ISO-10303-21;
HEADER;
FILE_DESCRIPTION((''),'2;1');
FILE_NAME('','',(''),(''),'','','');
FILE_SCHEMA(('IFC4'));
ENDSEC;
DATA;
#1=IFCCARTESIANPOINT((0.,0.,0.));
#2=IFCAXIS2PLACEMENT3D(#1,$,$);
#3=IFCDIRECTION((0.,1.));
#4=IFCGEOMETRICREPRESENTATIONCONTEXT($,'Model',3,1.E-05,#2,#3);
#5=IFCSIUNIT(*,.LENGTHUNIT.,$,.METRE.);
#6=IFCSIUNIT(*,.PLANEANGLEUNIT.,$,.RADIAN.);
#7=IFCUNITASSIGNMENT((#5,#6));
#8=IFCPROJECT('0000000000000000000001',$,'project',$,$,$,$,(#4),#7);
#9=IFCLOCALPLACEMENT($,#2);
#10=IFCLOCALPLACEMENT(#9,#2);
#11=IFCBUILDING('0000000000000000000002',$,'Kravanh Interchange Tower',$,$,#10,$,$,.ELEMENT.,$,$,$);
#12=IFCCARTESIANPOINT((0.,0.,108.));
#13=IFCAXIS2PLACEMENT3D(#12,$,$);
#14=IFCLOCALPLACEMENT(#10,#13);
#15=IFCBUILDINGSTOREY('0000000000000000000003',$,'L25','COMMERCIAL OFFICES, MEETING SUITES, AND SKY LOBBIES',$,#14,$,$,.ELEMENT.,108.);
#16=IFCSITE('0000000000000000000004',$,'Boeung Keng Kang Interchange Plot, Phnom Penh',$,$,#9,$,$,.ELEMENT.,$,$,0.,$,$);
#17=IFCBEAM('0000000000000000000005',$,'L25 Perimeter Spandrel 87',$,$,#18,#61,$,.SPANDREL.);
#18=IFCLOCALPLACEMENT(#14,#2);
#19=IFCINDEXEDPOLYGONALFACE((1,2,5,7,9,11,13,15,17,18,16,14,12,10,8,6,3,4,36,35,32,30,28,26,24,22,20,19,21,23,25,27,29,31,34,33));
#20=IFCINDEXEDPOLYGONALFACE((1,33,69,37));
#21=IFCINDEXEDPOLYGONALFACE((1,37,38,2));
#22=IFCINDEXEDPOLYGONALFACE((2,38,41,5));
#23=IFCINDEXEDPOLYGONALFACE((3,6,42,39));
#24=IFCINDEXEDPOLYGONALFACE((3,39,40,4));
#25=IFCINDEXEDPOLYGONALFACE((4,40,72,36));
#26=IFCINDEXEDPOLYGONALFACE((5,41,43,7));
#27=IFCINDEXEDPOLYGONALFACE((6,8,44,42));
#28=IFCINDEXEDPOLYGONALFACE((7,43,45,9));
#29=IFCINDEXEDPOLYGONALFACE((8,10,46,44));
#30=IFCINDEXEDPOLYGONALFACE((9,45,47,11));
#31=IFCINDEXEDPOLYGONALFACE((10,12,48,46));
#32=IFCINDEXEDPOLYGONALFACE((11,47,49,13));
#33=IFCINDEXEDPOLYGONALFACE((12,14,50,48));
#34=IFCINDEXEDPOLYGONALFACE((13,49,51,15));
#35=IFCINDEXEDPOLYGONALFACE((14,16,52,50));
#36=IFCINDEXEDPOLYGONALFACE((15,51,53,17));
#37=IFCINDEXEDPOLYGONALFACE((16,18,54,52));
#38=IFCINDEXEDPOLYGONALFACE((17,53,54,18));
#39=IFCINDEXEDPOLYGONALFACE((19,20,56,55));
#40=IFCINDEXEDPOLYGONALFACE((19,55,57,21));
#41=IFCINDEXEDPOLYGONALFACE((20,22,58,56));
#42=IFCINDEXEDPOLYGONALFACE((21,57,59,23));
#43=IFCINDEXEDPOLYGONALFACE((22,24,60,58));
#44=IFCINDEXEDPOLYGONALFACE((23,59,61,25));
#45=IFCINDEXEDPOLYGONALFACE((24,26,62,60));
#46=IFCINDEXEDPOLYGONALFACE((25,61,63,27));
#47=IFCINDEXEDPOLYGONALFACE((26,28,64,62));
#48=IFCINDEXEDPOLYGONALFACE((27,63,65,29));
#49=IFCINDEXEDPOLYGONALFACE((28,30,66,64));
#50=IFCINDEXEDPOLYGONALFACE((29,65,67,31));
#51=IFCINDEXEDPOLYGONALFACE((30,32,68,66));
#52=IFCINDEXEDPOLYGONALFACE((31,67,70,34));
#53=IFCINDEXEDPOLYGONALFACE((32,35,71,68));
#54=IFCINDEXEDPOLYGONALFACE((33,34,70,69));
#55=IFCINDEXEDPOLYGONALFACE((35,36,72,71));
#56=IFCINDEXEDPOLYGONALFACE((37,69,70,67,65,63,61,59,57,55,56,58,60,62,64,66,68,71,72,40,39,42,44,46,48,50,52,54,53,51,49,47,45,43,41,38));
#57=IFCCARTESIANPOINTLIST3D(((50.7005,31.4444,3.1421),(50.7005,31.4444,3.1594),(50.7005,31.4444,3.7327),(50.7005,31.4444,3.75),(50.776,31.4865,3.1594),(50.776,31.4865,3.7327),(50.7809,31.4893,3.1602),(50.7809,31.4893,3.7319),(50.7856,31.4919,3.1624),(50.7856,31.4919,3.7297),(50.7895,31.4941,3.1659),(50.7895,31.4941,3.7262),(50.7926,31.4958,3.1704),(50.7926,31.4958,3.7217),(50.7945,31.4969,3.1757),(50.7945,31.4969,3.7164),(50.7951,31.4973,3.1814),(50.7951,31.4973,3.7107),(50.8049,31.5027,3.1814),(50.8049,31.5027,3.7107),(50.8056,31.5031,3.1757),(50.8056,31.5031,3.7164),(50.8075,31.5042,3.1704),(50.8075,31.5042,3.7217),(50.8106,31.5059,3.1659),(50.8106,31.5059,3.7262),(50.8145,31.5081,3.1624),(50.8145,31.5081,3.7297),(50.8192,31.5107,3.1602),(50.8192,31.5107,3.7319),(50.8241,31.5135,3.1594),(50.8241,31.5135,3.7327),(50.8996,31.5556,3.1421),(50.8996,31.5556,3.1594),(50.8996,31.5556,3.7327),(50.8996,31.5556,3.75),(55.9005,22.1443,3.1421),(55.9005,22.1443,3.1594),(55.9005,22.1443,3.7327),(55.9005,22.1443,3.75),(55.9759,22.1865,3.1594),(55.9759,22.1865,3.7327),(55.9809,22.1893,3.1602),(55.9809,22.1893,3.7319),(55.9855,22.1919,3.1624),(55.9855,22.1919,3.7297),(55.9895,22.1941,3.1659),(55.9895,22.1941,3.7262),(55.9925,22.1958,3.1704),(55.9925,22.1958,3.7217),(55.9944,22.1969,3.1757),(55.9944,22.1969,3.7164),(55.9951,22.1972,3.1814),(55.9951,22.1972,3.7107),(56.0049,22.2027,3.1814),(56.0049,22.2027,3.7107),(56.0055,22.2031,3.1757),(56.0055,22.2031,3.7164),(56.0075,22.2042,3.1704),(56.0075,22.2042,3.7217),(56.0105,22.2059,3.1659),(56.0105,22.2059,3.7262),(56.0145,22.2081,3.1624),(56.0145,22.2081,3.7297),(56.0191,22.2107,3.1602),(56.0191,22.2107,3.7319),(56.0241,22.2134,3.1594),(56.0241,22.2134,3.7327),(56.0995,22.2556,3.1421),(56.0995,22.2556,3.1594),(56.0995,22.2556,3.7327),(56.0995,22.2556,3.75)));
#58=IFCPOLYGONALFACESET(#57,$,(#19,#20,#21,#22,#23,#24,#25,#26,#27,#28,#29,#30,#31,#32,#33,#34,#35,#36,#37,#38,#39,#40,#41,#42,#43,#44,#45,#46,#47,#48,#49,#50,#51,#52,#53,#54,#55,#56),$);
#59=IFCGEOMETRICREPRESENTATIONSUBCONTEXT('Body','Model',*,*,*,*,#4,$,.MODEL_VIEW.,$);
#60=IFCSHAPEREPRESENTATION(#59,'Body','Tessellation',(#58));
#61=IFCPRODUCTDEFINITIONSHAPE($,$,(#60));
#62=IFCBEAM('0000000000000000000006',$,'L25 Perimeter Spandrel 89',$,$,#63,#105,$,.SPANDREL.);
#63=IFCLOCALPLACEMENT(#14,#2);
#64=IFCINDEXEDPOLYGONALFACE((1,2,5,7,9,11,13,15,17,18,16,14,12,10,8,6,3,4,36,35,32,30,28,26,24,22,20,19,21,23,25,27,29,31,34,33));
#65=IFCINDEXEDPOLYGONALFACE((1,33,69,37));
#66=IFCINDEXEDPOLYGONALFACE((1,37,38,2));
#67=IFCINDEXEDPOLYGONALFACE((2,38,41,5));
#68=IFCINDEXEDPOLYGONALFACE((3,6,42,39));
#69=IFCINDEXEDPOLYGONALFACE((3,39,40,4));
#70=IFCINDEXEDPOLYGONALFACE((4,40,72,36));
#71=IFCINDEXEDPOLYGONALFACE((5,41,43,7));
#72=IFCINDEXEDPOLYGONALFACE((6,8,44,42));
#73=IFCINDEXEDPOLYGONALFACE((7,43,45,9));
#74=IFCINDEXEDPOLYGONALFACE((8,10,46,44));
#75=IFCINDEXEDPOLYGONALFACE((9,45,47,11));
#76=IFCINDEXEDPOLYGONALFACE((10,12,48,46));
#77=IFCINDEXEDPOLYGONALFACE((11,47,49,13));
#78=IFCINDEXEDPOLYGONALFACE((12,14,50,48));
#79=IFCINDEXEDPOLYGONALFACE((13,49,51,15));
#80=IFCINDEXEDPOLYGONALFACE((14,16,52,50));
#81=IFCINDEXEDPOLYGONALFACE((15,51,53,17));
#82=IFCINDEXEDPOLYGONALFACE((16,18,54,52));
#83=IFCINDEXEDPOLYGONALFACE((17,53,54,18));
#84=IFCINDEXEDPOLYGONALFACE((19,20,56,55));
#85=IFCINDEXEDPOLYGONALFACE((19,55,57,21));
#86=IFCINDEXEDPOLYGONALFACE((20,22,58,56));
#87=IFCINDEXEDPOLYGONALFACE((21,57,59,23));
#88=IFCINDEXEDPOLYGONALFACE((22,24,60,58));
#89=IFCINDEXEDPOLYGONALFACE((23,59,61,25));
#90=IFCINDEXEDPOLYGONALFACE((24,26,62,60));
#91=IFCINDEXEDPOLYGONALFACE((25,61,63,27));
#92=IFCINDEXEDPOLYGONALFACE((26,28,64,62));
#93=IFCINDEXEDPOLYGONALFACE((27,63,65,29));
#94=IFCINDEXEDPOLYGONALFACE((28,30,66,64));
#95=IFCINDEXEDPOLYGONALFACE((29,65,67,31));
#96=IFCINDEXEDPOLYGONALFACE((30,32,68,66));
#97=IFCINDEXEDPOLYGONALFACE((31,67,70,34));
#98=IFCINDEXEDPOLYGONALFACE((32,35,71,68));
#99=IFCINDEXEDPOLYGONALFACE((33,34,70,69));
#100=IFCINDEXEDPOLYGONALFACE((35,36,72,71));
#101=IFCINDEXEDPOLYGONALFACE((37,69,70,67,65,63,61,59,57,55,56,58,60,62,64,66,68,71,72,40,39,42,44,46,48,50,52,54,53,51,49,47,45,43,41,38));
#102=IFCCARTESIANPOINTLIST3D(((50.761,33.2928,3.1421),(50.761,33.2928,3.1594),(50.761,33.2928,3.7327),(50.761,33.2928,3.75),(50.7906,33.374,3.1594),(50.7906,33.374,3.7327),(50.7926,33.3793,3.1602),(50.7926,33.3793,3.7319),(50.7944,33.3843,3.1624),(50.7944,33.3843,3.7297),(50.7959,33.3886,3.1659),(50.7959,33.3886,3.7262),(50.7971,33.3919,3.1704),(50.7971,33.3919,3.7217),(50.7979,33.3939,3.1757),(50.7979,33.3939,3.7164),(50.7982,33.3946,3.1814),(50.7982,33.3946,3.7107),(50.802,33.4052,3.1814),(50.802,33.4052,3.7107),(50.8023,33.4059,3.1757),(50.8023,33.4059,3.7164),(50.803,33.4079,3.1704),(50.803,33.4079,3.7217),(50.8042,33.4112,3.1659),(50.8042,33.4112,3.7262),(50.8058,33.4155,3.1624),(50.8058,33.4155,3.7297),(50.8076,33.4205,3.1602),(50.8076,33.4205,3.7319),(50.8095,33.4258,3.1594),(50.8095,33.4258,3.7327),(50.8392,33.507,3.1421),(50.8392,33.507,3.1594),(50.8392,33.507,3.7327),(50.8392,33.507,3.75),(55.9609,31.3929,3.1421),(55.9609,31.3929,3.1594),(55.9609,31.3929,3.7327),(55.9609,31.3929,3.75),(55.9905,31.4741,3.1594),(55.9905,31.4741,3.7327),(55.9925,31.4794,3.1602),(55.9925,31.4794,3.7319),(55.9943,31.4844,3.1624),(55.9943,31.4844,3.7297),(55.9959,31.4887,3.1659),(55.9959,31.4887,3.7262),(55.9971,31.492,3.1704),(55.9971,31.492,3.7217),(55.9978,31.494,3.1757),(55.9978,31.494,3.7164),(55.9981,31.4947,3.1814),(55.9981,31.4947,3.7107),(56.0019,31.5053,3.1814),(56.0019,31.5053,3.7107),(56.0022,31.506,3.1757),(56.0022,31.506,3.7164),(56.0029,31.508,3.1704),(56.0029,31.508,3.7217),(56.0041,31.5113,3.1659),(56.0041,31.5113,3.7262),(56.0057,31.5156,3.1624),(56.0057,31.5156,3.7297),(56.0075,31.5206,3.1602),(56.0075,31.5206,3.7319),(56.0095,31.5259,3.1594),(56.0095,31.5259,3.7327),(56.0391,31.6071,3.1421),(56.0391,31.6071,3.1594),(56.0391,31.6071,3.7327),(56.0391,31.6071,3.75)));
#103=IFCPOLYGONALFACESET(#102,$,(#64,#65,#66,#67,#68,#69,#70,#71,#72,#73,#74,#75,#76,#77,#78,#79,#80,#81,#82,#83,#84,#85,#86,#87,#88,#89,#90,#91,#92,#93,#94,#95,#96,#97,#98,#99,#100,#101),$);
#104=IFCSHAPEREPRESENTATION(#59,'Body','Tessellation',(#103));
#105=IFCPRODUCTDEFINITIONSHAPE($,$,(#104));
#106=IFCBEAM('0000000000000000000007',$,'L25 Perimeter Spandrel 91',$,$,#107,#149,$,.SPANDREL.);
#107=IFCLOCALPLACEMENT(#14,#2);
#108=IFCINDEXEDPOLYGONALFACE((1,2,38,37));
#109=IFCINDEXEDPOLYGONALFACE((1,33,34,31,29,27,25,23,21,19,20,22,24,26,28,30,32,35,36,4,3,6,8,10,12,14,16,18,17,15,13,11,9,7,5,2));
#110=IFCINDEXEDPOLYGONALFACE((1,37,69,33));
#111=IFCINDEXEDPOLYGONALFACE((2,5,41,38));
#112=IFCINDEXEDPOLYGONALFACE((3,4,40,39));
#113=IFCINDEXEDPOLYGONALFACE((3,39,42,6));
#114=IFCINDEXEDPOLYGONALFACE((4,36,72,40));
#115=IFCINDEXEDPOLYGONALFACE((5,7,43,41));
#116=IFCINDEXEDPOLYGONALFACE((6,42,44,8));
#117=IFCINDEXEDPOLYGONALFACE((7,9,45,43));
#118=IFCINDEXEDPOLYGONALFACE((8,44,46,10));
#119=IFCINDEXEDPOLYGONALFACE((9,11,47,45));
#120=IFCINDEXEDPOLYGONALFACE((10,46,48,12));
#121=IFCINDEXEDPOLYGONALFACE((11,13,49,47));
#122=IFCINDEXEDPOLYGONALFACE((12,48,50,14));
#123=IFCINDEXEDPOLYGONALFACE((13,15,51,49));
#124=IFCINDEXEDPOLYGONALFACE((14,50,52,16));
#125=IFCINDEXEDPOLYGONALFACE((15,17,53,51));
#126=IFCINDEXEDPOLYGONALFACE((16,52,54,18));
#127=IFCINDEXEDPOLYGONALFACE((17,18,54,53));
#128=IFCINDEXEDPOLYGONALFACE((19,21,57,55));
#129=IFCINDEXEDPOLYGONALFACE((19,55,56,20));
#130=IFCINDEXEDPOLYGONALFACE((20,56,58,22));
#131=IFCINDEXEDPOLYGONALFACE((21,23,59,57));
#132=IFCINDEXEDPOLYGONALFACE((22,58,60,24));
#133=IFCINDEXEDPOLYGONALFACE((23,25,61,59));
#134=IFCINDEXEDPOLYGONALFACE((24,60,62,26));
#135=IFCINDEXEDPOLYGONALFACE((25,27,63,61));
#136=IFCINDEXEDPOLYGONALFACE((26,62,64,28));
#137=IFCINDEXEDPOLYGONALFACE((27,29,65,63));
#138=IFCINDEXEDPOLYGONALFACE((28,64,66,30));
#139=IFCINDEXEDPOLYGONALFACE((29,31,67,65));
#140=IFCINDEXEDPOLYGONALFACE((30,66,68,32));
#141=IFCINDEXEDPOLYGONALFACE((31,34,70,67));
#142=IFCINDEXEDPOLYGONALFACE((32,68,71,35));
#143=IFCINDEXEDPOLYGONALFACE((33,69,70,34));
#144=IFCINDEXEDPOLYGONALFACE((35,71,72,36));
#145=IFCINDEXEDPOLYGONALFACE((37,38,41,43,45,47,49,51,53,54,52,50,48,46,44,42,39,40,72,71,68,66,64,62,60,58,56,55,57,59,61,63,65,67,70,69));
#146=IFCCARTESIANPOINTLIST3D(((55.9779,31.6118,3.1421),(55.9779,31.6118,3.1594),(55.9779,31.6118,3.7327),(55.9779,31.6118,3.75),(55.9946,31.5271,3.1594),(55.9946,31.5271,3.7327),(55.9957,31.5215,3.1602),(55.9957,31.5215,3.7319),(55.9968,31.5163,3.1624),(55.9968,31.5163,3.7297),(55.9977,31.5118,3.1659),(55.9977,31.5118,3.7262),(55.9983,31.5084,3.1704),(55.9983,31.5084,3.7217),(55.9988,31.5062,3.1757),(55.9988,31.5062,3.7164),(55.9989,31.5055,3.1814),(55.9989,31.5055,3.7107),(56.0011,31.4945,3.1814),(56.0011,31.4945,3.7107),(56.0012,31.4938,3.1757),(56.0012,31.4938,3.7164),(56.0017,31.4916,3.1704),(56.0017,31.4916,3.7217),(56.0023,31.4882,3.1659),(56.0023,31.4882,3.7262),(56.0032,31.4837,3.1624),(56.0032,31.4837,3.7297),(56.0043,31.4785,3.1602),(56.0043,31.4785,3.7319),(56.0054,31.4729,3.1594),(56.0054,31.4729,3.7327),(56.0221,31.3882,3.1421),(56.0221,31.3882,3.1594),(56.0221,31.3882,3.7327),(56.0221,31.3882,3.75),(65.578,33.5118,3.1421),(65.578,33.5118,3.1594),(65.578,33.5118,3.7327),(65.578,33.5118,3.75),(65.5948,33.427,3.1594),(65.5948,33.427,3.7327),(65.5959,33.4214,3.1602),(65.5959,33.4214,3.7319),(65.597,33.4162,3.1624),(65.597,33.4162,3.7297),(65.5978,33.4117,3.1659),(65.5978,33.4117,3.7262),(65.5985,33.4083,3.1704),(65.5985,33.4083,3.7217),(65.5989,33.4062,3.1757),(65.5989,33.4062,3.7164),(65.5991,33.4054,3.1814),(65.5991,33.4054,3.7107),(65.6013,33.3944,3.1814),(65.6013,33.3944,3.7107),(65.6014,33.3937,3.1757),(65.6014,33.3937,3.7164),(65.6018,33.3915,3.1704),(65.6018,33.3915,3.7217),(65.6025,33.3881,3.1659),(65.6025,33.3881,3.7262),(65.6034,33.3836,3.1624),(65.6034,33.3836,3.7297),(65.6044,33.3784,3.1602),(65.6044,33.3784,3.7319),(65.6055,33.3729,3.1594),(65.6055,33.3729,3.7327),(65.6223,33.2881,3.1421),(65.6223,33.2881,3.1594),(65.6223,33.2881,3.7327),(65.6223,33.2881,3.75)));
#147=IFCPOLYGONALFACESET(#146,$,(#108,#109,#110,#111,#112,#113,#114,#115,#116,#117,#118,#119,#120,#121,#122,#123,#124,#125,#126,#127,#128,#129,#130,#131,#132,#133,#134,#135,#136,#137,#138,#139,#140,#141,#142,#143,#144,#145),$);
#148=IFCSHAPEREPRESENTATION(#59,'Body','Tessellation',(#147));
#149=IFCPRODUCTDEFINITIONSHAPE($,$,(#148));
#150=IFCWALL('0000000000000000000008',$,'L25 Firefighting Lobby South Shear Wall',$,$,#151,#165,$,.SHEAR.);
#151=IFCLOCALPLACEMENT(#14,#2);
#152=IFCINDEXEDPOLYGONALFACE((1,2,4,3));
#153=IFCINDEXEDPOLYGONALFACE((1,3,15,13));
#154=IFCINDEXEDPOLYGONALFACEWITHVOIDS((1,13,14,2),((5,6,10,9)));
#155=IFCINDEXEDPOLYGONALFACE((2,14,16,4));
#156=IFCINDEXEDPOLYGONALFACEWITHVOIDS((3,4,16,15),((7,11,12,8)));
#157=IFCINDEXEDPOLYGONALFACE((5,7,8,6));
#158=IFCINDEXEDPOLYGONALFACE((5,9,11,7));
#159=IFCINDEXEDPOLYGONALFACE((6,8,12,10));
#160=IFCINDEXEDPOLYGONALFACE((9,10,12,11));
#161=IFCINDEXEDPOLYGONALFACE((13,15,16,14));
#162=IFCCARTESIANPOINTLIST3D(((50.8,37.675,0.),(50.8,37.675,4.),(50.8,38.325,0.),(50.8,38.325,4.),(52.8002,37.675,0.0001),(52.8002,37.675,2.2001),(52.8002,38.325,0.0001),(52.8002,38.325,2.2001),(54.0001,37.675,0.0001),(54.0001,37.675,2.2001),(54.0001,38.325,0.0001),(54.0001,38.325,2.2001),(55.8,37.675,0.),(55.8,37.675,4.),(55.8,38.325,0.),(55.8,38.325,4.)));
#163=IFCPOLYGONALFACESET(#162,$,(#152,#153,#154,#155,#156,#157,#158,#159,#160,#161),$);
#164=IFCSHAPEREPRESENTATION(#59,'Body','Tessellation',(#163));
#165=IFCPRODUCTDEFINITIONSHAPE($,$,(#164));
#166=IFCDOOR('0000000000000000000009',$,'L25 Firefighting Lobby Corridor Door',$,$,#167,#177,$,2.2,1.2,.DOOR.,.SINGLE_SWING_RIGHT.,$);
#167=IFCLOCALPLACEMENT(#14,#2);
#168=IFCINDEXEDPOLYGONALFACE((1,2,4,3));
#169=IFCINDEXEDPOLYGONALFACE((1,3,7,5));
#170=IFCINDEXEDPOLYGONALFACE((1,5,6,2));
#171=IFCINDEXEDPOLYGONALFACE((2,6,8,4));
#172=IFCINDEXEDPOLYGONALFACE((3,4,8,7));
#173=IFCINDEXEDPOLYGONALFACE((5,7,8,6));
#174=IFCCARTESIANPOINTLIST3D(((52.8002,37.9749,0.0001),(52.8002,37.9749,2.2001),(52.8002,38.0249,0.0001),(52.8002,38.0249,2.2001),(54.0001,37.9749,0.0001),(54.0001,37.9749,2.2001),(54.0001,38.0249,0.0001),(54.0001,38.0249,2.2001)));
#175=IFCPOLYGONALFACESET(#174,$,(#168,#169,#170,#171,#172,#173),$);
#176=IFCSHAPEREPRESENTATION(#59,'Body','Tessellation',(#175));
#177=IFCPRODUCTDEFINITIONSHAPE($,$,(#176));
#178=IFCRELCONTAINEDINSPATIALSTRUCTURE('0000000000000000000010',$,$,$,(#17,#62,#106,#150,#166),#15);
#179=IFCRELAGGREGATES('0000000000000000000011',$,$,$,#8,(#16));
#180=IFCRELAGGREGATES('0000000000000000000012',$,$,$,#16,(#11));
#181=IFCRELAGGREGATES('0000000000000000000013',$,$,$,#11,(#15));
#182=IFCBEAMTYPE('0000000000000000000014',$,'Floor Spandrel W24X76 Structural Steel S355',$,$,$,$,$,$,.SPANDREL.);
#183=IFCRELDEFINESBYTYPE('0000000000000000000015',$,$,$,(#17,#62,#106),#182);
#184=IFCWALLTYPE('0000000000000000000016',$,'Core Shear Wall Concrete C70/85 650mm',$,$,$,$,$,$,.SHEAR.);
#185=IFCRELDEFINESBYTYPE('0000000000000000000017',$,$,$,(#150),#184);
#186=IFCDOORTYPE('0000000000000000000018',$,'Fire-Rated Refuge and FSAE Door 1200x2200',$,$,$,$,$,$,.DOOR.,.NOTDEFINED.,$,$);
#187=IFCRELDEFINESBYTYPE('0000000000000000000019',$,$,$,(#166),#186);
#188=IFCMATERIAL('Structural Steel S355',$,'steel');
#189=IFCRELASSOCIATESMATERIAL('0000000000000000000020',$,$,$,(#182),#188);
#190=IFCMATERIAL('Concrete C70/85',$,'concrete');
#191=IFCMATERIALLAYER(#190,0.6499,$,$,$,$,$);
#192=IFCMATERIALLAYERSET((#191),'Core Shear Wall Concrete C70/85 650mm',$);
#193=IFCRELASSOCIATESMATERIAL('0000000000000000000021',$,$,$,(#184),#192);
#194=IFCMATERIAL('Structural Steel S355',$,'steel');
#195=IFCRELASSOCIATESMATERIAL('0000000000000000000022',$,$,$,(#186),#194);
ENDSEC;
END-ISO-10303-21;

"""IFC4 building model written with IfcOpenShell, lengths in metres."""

from ifc_helpers import new_model, si_unit, direction, frame, frame_2d, origin, origin_2d, place, context, subcontext, project, spatial, rectangle, i_section, extrude, material, layer, layer_set, material_profile, profile_set, type_object, element, fill, save


model = new_model("IFC4")

# Units and contexts
model_context = context("Model", 3, precision=1e-05, world=origin(), true_north=direction((0.0, 1.0)))
body_context = subcontext(model_context, "Body", "Model", "MODEL_VIEW")
ifc_project = project(units=[si_unit("LENGTHUNIT", "METRE"), si_unit("PLANEANGLEUNIT", "RADIAN")], contexts=[model_context])

# Site, building, storey
site_placement = place(None, origin())
site = spatial("IfcSite", under=ifc_project, at=site_placement, Name="Boeung Keng Kang Interchange Plot, Phnom Penh", CompositionType="ELEMENT", RefElevation=0.0)
building_placement = place(site_placement, origin())
building = spatial("IfcBuilding", under=site, at=building_placement, Name="Kravanh Interchange Tower", CompositionType="ELEMENT")
storey_placement = place(building_placement, frame((0.0, 0.0, 108.0)))
storey = spatial("IfcBuildingStorey", under=building, at=storey_placement, Name="L25", Description="COMMERCIAL OFFICES, MEETING SUITES, AND SKY LOBBIES", CompositionType="ELEMENT", Elevation=108.0)

# Beams
ifc_material_1 = material(Name="Structural Steel S355", Category="steel")
ifc_material_profile_1 = material_profile(ifc_material_1, i_section(OverallWidth=0.228, OverallDepth=0.6079, WebThickness=0.0112, FlangeThickness=0.0173, FilletRadius=0.022, at=origin_2d()), Name="W24X76")
ifc_profile_set_1 = profile_set([ifc_material_profile_1], Name="Structural Steel S355")
beam_type_1 = type_object("IfcBeamType", Name="Floor Spandrel W24X76 Structural Steel S355", PredefinedType="SPANDREL", material=ifc_profile_set_1)
beam_1_placement = place(storey_placement, frame((50.8, 31.5, 3.446), z_axis=(0.488026, -0.872829, 0.0), x_axis=(0.872829, 0.488026, 0.0)))
element("IfcBeam", 1, at=beam_1_placement, inside=storey, type_object=beam_type_1, Name="L25 Perimeter Spandrel 87", PredefinedType="SPANDREL", context=body_context, shape_type="SweptSolid", body=[
    extrude(i_section(OverallWidth=0.228, OverallDepth=0.6079, WebThickness=0.0112, FlangeThickness=0.0173, FilletRadius=0.022, at=origin_2d()), origin(), (0.0, 0.0, 1.0), 10.655),
])
beam_2_placement = place(storey_placement, frame((56.0, 31.5, 3.446), z_axis=(-0.93927, 0.34318, 0.0), x_axis=(-0.34318, -0.93927, 0.0)))
element("IfcBeam", 2, at=beam_2_placement, inside=storey, type_object=beam_type_1, Name="L25 Perimeter Spandrel 89", PredefinedType="SPANDREL", context=body_context, shape_type="SweptSolid", body=[
    extrude(i_section(OverallWidth=0.228, OverallDepth=0.6079, WebThickness=0.0112, FlangeThickness=0.0173, FilletRadius=0.022, at=origin_2d()), origin(), (0.0, 0.0, 1.0), 5.5361),
])
beam_3_placement = place(storey_placement, frame((56.0, 31.5, 3.446), z_axis=(0.980974, 0.194139, 0.0), x_axis=(-0.194139, 0.980974, 0.0)))
element("IfcBeam", 3, at=beam_3_placement, inside=storey, type_object=beam_type_1, Name="L25 Perimeter Spandrel 91", PredefinedType="SPANDREL", context=body_context, shape_type="SweptSolid", body=[
    extrude(i_section(OverallWidth=0.228, OverallDepth=0.6079, WebThickness=0.0112, FlangeThickness=0.0173, FilletRadius=0.022, at=origin_2d()), origin(), (0.0, 0.0, 1.0), 9.7864),
])

# Shared definitions
ifc_material_2 = material(Name="Concrete C70/85", Category="concrete")
ifc_layer_1 = layer(ifc_material_2, 0.6499)
ifc_layer_set_1 = layer_set([ifc_layer_1], Name="Core Shear Wall Concrete C70/85 650mm")
wall_type_1 = type_object("IfcWallType", Name="Core Shear Wall Concrete C70/85 650mm", PredefinedType="SHEAR", material=ifc_layer_set_1)

# Wall, opening, door
wall_1_placement = place(storey_placement, frame((50.8, 38.0, 0.0), z_axis=(0.0, 0.0, 1.0), x_axis=(1.0, 0.0, 0.0)))
wall_1 = element("IfcWall", 4, at=wall_1_placement, inside=storey, type_object=wall_type_1, Name="L25 Firefighting Lobby South Shear Wall", PredefinedType="SHEAR", context=body_context, shape_type="SweptSolid", body=[
    extrude(rectangle(XDim=5.0, YDim=0.6499, at=frame_2d((2.5, 0.0))), origin(), (0.0, 0.0, 1.0), 4.0),
])
opening_1_placement = place(wall_1_placement, frame((2.0, 0.0, 0.0)))
opening_1 = element("IfcOpeningElement", 5, at=opening_1_placement, cuts=wall_1, PredefinedType="OPENING", context=body_context, shape_type="SweptSolid", body=[
    extrude(rectangle(XDim=1.2, YDim=2.2, at=frame_2d((0.6001, 1.1001))), frame((0.0, 0.335, 0.0), z_axis=(0.0, -1.0, 0.0), x_axis=(1.0, 0.0, 0.0)), (0.0, 0.0, 1.0), 0.6699),
])
ifc_material_3 = material(Name="Structural Steel S355", Category="steel")
door_type_1 = type_object("IfcDoorType", Name="Fire-Rated Refuge and FSAE Door 1200x2200", OperationType="NOTDEFINED", PredefinedType="DOOR", material=ifc_material_3)
door_1_placement = place(opening_1_placement, origin())
door_1 = element("IfcDoor", 6, at=door_1_placement, inside=storey, type_object=door_type_1, Name="L25 Firefighting Lobby Corridor Door", OperationType="SINGLE_SWING_RIGHT", OverallHeight=2.2, OverallWidth=1.2, PredefinedType="DOOR", context=body_context, shape_type="SweptSolid", body=[
    extrude(rectangle(XDim=1.2, YDim=2.2, at=frame_2d((0.6001, 1.1001))), frame((0.0, 0.0249, 0.0), z_axis=(0.0, -1.0, 0.0), x_axis=(1.0, 0.0, 0.0)), (0.0, 0.0, 1.0), 0.05),
])
fill(opening_1, door_1)

save(model, "model.ifc")
